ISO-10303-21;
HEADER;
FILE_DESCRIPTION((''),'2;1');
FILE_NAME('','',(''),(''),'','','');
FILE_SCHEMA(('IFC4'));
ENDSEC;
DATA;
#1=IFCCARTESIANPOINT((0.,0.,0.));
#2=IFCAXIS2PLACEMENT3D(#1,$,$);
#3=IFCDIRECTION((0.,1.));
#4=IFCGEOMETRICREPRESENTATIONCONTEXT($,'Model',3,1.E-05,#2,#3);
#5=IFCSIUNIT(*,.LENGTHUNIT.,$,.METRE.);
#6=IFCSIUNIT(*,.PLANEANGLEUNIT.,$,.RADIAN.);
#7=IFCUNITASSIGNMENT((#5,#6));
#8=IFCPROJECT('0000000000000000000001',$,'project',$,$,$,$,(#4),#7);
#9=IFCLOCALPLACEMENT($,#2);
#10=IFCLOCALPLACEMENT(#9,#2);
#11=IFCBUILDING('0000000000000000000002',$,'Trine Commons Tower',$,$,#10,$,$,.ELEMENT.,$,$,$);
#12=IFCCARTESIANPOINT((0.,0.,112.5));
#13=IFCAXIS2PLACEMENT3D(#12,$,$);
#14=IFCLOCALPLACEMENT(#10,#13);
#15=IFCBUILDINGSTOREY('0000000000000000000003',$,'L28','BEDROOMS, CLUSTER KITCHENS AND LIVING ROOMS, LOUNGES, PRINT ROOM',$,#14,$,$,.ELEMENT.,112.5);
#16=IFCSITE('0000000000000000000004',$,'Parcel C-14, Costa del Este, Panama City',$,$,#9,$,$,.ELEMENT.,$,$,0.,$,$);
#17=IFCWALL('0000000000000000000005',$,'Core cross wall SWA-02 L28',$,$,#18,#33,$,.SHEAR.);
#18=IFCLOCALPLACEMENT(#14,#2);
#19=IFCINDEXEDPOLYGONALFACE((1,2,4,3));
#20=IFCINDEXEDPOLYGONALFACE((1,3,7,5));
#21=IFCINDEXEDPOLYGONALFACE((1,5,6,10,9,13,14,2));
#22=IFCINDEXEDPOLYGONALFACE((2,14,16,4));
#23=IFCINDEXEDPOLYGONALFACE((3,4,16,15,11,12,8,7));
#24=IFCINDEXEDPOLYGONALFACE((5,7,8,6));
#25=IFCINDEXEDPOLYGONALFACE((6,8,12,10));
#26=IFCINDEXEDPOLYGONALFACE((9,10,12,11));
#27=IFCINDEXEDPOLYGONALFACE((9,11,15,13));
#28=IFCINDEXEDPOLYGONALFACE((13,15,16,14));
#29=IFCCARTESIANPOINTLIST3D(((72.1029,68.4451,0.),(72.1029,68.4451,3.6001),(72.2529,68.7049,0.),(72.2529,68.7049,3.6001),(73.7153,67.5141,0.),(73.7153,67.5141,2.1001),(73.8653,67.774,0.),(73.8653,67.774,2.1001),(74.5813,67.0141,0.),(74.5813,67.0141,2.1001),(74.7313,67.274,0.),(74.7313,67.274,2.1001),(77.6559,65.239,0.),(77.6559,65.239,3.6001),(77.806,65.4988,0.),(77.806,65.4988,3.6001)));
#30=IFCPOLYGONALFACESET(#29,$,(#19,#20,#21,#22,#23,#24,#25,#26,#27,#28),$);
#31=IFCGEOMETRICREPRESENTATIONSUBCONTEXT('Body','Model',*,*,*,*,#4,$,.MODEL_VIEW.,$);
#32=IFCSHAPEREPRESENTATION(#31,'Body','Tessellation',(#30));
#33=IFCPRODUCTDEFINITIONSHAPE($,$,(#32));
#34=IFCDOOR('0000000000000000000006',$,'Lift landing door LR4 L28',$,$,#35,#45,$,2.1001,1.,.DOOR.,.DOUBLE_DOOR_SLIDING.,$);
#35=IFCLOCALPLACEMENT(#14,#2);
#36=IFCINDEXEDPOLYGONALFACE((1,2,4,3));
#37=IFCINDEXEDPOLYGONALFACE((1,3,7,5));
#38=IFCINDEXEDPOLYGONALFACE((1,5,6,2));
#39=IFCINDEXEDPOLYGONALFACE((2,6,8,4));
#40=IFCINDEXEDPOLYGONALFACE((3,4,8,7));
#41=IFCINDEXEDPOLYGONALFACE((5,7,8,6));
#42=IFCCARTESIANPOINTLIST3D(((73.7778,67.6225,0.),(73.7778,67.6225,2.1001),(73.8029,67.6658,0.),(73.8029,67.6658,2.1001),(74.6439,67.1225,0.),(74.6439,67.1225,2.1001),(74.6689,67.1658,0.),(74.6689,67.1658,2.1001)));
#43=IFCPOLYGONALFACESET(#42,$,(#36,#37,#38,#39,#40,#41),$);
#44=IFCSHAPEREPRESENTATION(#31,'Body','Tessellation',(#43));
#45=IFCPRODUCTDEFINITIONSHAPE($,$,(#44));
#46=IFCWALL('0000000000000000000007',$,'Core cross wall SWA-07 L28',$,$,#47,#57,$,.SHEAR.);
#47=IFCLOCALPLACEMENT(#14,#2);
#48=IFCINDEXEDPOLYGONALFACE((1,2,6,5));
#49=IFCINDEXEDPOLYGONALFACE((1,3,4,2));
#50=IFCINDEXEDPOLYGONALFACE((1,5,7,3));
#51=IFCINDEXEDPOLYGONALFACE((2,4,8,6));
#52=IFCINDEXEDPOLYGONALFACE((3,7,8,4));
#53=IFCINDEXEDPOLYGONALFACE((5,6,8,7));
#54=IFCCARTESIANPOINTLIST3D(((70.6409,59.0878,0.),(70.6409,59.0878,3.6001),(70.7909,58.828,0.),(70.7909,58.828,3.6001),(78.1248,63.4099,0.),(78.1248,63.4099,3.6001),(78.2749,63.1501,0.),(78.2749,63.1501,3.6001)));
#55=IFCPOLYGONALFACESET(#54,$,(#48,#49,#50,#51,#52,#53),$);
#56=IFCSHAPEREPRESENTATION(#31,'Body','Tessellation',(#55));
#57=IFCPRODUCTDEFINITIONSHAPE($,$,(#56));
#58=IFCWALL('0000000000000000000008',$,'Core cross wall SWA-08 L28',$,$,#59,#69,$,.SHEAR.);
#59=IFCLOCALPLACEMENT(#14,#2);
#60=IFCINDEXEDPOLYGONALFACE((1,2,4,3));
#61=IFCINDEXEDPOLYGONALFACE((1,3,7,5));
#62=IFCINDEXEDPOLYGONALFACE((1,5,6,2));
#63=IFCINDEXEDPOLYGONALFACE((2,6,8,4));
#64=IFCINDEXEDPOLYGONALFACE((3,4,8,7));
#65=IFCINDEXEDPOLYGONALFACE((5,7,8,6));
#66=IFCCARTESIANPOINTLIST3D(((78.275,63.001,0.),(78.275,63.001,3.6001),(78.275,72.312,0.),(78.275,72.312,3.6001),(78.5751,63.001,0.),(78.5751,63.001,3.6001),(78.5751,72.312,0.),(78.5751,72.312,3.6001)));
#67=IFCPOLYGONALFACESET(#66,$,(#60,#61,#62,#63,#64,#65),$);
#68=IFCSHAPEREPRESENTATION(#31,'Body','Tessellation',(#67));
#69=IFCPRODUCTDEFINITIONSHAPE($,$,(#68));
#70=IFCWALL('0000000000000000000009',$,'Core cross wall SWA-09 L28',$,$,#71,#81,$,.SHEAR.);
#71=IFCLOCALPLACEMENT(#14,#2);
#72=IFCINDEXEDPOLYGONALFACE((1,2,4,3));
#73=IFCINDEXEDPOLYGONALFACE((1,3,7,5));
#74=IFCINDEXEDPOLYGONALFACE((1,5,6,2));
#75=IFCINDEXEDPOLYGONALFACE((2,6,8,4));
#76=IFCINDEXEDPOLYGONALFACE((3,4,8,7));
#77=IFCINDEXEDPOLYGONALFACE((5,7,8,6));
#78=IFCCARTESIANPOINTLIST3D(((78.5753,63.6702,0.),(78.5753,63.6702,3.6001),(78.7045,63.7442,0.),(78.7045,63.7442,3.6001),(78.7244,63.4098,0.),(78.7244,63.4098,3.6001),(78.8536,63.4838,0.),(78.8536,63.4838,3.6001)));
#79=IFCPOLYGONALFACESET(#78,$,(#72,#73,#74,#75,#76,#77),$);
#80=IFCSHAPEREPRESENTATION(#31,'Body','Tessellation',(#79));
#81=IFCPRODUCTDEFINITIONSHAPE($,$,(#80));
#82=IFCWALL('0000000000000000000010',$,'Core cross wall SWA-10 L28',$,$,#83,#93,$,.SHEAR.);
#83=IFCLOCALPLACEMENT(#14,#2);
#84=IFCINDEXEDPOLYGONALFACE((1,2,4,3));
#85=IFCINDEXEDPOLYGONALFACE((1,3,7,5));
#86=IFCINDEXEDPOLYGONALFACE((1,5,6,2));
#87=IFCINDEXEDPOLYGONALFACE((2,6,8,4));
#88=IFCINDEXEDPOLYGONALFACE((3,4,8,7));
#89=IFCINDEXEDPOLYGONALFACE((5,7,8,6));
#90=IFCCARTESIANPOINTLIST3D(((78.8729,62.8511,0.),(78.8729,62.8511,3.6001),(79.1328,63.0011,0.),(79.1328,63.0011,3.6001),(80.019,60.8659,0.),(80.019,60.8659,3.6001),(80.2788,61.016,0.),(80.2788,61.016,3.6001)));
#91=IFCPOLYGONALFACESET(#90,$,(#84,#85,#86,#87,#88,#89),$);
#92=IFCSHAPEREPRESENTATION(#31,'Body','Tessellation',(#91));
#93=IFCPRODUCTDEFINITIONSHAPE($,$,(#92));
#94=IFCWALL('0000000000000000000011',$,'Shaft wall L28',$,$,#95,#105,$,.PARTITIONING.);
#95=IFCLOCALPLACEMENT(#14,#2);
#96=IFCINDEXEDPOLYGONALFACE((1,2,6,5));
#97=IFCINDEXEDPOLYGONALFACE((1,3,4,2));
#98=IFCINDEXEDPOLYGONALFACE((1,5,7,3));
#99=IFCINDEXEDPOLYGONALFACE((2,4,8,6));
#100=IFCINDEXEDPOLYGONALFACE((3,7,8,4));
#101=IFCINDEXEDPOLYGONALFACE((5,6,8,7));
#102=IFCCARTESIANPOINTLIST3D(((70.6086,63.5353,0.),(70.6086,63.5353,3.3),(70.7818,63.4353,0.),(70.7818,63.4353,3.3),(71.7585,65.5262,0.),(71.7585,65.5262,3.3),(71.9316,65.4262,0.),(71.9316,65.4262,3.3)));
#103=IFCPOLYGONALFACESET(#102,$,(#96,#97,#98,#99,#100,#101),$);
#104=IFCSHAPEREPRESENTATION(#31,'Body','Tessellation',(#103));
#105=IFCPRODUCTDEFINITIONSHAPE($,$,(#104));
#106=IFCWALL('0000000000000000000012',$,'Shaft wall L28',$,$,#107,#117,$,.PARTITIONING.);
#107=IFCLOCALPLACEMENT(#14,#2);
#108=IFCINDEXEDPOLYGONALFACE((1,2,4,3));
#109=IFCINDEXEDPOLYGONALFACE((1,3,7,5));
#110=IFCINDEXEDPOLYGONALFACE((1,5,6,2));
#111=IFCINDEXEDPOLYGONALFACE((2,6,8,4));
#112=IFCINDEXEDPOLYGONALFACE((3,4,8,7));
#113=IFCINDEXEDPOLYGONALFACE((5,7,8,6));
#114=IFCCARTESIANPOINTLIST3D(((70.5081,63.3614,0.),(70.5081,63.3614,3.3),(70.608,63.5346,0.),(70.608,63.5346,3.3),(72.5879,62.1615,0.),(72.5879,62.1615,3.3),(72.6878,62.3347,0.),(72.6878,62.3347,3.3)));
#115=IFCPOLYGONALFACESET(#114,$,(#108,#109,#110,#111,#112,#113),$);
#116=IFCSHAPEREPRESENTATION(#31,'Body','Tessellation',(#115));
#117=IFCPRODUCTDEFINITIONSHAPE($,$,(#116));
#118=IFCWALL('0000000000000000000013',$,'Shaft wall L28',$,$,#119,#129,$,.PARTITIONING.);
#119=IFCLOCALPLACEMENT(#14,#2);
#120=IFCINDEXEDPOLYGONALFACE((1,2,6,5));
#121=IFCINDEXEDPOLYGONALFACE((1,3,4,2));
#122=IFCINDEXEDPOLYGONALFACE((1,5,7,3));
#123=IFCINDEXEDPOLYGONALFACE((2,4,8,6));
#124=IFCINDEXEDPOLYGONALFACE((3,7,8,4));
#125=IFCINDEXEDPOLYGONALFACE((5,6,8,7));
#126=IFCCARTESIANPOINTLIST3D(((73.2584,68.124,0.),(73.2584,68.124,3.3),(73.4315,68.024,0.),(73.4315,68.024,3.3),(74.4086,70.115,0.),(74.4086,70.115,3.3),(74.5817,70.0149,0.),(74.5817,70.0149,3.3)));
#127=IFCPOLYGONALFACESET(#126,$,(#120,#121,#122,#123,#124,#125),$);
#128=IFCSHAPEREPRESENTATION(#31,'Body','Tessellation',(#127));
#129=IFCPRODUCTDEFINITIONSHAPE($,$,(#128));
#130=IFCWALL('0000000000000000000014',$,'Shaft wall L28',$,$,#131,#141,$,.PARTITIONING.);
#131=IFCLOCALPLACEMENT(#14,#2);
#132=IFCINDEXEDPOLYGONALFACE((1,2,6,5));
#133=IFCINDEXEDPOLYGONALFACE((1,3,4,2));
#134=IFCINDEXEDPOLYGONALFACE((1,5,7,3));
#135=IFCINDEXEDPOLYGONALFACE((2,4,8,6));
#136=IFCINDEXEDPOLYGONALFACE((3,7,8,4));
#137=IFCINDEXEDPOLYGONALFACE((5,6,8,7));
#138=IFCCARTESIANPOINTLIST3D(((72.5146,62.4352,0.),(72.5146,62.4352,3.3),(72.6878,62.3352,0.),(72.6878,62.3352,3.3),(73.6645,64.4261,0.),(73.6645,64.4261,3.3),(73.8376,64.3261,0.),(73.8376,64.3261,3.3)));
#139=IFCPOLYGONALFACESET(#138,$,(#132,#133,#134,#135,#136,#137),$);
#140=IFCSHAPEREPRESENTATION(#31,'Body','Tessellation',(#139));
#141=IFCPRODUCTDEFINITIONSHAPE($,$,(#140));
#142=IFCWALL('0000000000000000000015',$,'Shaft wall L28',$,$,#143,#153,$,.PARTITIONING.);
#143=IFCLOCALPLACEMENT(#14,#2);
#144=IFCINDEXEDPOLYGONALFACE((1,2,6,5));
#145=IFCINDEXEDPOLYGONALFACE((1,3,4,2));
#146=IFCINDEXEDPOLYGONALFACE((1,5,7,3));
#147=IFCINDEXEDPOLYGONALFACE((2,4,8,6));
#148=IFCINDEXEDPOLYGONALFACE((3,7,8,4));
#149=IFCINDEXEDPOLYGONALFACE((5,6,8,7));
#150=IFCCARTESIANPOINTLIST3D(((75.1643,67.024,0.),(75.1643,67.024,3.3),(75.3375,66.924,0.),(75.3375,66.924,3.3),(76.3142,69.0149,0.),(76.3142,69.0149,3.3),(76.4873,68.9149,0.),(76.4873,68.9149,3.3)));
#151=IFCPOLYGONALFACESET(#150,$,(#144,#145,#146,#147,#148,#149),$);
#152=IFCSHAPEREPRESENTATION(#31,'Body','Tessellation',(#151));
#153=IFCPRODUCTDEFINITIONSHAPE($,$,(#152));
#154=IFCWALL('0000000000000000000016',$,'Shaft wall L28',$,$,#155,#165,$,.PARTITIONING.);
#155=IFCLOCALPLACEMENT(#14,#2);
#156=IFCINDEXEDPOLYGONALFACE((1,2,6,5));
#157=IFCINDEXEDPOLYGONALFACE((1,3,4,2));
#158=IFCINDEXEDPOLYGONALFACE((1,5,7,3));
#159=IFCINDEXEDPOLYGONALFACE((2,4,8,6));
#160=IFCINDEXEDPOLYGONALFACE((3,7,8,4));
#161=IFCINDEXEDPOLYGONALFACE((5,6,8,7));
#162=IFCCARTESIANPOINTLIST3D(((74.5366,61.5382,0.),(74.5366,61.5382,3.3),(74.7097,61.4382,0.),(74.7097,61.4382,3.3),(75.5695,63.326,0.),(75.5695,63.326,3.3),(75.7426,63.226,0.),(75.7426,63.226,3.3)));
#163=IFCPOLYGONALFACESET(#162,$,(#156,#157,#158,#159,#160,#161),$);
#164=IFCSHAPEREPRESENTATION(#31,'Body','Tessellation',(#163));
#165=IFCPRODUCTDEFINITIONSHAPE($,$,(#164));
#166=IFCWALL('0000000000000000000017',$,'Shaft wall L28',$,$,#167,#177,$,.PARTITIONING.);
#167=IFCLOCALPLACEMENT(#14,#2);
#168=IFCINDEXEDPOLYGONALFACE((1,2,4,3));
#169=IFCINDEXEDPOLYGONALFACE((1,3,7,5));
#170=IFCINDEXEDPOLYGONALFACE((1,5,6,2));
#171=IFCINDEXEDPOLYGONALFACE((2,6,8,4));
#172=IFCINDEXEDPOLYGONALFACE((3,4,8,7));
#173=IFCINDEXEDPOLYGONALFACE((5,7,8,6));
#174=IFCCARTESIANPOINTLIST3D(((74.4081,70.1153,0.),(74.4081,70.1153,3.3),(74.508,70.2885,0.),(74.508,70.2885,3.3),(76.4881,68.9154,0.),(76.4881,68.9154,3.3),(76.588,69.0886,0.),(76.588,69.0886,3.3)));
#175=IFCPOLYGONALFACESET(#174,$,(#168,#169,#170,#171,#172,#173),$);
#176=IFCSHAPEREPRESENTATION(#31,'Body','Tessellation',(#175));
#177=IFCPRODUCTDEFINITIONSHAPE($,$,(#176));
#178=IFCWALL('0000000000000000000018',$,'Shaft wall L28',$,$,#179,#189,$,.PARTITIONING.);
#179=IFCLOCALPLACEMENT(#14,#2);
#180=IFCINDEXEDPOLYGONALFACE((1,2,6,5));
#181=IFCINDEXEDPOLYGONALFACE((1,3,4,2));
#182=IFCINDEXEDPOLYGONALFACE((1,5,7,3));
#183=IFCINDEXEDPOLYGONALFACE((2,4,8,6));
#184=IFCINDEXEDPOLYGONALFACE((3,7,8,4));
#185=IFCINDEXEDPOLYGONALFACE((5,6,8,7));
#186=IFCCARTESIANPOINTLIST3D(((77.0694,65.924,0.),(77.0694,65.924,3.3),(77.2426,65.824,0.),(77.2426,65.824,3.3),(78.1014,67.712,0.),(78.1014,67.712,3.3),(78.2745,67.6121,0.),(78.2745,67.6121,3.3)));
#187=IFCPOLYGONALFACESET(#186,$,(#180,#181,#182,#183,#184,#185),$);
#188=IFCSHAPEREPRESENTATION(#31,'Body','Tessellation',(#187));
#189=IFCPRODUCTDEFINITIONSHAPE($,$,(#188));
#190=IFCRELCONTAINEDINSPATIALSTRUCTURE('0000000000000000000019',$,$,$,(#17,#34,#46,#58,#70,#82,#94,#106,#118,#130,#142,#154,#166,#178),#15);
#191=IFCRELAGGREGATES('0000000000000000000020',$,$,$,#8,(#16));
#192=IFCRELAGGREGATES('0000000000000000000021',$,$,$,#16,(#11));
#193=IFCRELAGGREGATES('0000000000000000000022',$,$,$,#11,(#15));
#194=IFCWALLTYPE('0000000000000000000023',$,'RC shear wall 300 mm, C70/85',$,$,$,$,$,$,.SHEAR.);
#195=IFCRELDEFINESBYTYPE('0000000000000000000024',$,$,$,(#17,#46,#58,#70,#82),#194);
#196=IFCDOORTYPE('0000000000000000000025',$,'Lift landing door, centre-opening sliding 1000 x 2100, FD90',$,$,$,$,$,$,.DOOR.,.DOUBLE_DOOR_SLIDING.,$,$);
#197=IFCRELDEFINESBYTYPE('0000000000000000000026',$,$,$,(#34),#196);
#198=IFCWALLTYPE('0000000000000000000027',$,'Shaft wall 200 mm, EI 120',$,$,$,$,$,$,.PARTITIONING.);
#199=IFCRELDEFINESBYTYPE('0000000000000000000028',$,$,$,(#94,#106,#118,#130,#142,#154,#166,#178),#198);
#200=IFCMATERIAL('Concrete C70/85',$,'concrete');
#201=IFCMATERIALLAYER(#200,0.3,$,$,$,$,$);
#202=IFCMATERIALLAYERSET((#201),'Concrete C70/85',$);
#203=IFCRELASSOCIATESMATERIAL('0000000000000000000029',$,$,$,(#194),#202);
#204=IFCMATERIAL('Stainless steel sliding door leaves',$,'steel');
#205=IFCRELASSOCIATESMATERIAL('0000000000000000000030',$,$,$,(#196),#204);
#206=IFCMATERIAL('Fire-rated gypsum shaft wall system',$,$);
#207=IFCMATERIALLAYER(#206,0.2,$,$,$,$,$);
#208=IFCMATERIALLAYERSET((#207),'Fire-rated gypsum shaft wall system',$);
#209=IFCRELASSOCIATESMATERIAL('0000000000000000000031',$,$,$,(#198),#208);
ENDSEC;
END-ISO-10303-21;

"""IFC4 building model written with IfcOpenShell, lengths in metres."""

from ifc_helpers import new_model, si_unit, direction, frame, frame_2d, origin, place, context, subcontext, project, spatial, rectangle, extrude, material, layer, layer_set, type_object, element, fill, save


model = new_model("IFC4")

# Units and contexts
model_context = context("Model", 3, precision=1e-05, world=origin(), true_north=direction((0.0, 1.0)))
body_context = subcontext(model_context, "Body", "Model", "MODEL_VIEW")
ifc_project = project(units=[si_unit("LENGTHUNIT", "METRE"), si_unit("PLANEANGLEUNIT", "RADIAN")], contexts=[model_context])

# Site, building, storey
site_placement = place(None, origin())
site = spatial("IfcSite", under=ifc_project, at=site_placement, Name="Parcel C-14, Costa del Este, Panama City", CompositionType="ELEMENT", RefElevation=0.0)
building_placement = place(site_placement, origin())
building = spatial("IfcBuilding", under=site, at=building_placement, Name="Trine Commons Tower", CompositionType="ELEMENT")
storey_placement = place(building_placement, frame((0.0, 0.0, 112.5)))
storey = spatial("IfcBuildingStorey", under=building, at=storey_placement, Name="L28", Description="BEDROOMS, CLUSTER KITCHENS AND LIVING ROOMS, LOUNGES, PRINT ROOM", CompositionType="ELEMENT", Elevation=112.5)

# Wall, opening, door
ifc_material_1 = material(Name="Fire-rated gypsum shaft wall system")
ifc_material_2 = material(Name="Concrete C70/85", Category="concrete")
ifc_layer_1 = layer(ifc_material_2, 0.3)
ifc_layer_set_1 = layer_set([ifc_layer_1], Name="Concrete C70/85")
wall_type_1 = type_object("IfcWallType", Name="RC shear wall 300 mm, C70/85", PredefinedType="SHEAR", material=ifc_layer_set_1)
ifc_material_3 = material(Name="Stainless steel sliding door leaves", Category="steel")
door_type_1 = type_object("IfcDoorType", Name="Lift landing door, centre-opening sliding 1000 x 2100, FD90", OperationType="DOUBLE_DOOR_SLIDING", PredefinedType="DOOR", material=ifc_material_3)
wall_1_placement = place(storey_placement, frame((77.731, 65.3689, 0.0), z_axis=(0.0, 0.0, 1.0), x_axis=(-0.866023, 0.500005, 0.0)))
wall_1 = element("IfcWall", 1, at=wall_1_placement, inside=storey, type_object=wall_type_1, Name="Core cross wall SWA-02 L28", PredefinedType="SHEAR", context=body_context, shape_type="SweptSolid", body=[
    extrude(rectangle(XDim=6.4121, YDim=0.3, at=frame_2d((3.2061, 0.0))), origin(), (0.0, 0.0, 1.0), 3.6001),
])
opening_1_placement = place(wall_1_placement, frame((3.5503, 0.0, 0.0)))
opening_1 = element("IfcOpeningElement", 2, at=opening_1_placement, cuts=wall_1, PredefinedType="OPENING", context=body_context, shape_type="SweptSolid", body=[
    extrude(rectangle(XDim=1.0, YDim=2.1001, at=frame_2d((0.5, 1.05))), frame((0.0, 0.1599, 0.0), z_axis=(0.0, -1.0, 0.0), x_axis=(1.0, 0.0, 0.0)), (0.0, 0.0, 1.0), 0.3201),
])
door_1_placement = place(opening_1_placement, origin())
door_1 = element("IfcDoor", 3, at=door_1_placement, inside=storey, type_object=door_type_1, Name="Lift landing door LR4 L28", OperationType="DOUBLE_DOOR_SLIDING", OverallHeight=2.1001, OverallWidth=1.0, PredefinedType="DOOR", context=body_context, shape_type="SweptSolid", body=[
    extrude(rectangle(XDim=1.0, YDim=2.1001, at=frame_2d((0.5, 1.05))), frame((0.0, 0.0249, 0.0), z_axis=(0.0, -1.0, 0.0), x_axis=(1.0, 0.0, 0.0)), (0.0, 0.0, 1.0), 0.05),
])
fill(opening_1, door_1)

# Walls
wall_2_placement = place(storey_placement, frame((78.2, 63.28, 0.0), z_axis=(0.0, 0.0, 1.0), x_axis=(-0.865965, -0.500104, 0.0)))
element("IfcWall", 4, at=wall_2_placement, inside=storey, type_object=wall_type_1, Name="Core cross wall SWA-07 L28", PredefinedType="SHEAR", context=body_context, shape_type="SweptSolid", body=[
    extrude(rectangle(XDim=8.6423, YDim=0.3, at=frame_2d((4.3213, 0.0))), origin(), (0.0, 0.0, 1.0), 3.6001),
])
wall_3_placement = place(storey_placement, frame((78.425, 63.001, 0.0), z_axis=(0.0, 0.0, 1.0), x_axis=(0.0, 1.0, 0.0)))
element("IfcWall", 5, at=wall_3_placement, inside=storey, type_object=wall_type_1, Name="Core cross wall SWA-08 L28", PredefinedType="SHEAR", context=body_context, shape_type="SweptSolid", body=[
    extrude(rectangle(XDim=9.311, YDim=0.3, at=frame_2d((4.6555, 0.0))), origin(), (0.0, 0.0, 1.0), 3.6001),
])
wall_4_placement = place(storey_placement, frame((78.7791, 63.614, 0.0), z_axis=(0.0, 0.0, 1.0), x_axis=(-0.867738, -0.497022, 0.0)))
element("IfcWall", 6, at=wall_4_placement, inside=storey, type_object=wall_type_1, Name="Core cross wall SWA-09 L28", PredefinedType="SHEAR", context=body_context, shape_type="SweptSolid", body=[
    extrude(rectangle(XDim=0.1489, YDim=0.3, at=frame_2d((0.0745, 0.0))), origin(), (0.0, 0.0, 1.0), 3.6001),
])
wall_5_placement = place(storey_placement, frame((79.0029, 62.926, 0.0), z_axis=(0.0, 0.0, 1.0), x_axis=(0.499965, -0.866045, 0.0)))
element("IfcWall", 7, at=wall_5_placement, inside=storey, type_object=wall_type_1, Name="Core cross wall SWA-10 L28", PredefinedType="SHEAR", context=body_context, shape_type="SweptSolid", body=[
    extrude(rectangle(XDim=2.2922, YDim=0.3, at=frame_2d((1.146, 0.0))), origin(), (0.0, 0.0, 1.0), 3.6001),
])
ifc_layer_2 = layer(ifc_material_1, 0.2)
ifc_layer_set_2 = layer_set([ifc_layer_2], Name="Fire-rated gypsum shaft wall system")
wall_type_2 = type_object("IfcWallType", Name="Shaft wall 200 mm, EI 120", PredefinedType="PARTITIONING", material=ifc_layer_set_2)
wall_6_placement = place(storey_placement, frame((71.845, 65.4761, 0.0), z_axis=(0.0, 0.0, 1.0), x_axis=(-0.500136, -0.865947, 0.0)))
element("IfcWall", 8, at=wall_6_placement, inside=storey, type_object=wall_type_2, Name="Shaft wall L28", PredefinedType="PARTITIONING", context=body_context, shape_type="SweptSolid", body=[
    extrude(rectangle(XDim=2.2991, YDim=0.2, at=frame_2d((1.1494, 0.0))), origin(), (0.0, 0.0, 1.0), 3.3),
])
wall_7_placement = place(storey_placement, frame((72.6379, 62.248, 0.0), z_axis=(0.0, 0.0, 1.0), x_axis=(-0.866177, 0.499737, 0.0)))
element("IfcWall", 9, at=wall_7_placement, inside=storey, type_object=wall_type_2, Name="Shaft wall L28", PredefinedType="PARTITIONING", context=body_context, shape_type="SweptSolid", body=[
    extrude(rectangle(XDim=2.4011, YDim=0.2, at=frame_2d((1.2007, 0.0))), origin(), (0.0, 0.0, 1.0), 3.3),
])
wall_8_placement = place(storey_placement, frame((73.345, 68.074, 0.0), z_axis=(0.0, 0.0, 1.0), x_axis=(0.500216, 0.865901, 0.0)))
element("IfcWall", 10, at=wall_8_placement, inside=storey, type_object=wall_type_2, Name="Shaft wall L28", PredefinedType="PARTITIONING", context=body_context, shape_type="SweptSolid", body=[
    extrude(rectangle(XDim=2.2993, YDim=0.2, at=frame_2d((1.1497, 0.0))), origin(), (0.0, 0.0, 1.0), 3.3),
])
for number, where, z_axis, x_axis, name in (
    (11, (73.751, 64.376, 0.0), (0.0, 0.0, 1.0), (-0.500136, -0.865947, 0.0), "Shaft wall L28"),
    (12, (75.251, 66.9741, 0.0), (0.0, 0.0, 1.0), (0.500136, 0.865947, 0.0), "Shaft wall L28"),
):
    element("IfcWall", number, at=place(storey_placement, frame(where, z_axis=z_axis, x_axis=x_axis)), inside=storey, type_object=wall_type_2, Name=name, PredefinedType="PARTITIONING", context=body_context, shape_type="SweptSolid", body=[
        extrude(rectangle(XDim=2.2991, YDim=0.2, at=frame_2d((1.1494, 0.0))), origin(), (0.0, 0.0, 1.0), 3.3),
    ])
wall_9_placement = place(storey_placement, frame((75.656, 63.2759, 0.0), z_axis=(0.0, 0.0, 1.0), x_axis=(-0.500272, -0.865868, 0.0)))
element("IfcWall", 13, at=wall_9_placement, inside=storey, type_object=wall_type_2, Name="Shaft wall L28", PredefinedType="PARTITIONING", context=body_context, shape_type="SweptSolid", body=[
    extrude(rectangle(XDim=2.0647, YDim=0.2, at=frame_2d((1.0322, 0.0))), origin(), (0.0, 0.0, 1.0), 3.3),
])
wall_10_placement = place(storey_placement, frame((76.5381, 69.002, 0.0), z_axis=(0.0, 0.0, 1.0), x_axis=(-0.866203, 0.499693, 0.0)))
element("IfcWall", 14, at=wall_10_placement, inside=storey, type_object=wall_type_2, Name="Shaft wall L28", PredefinedType="PARTITIONING", context=body_context, shape_type="SweptSolid", body=[
    extrude(rectangle(XDim=2.4014, YDim=0.2, at=frame_2d((1.2007, 0.0))), origin(), (0.0, 0.0, 1.0), 3.3),
])
wall_11_placement = place(storey_placement, frame((77.156, 65.874, 0.0), z_axis=(0.0, 0.0, 1.0), x_axis=(0.499866, 0.866103, 0.0)))
element("IfcWall", 15, at=wall_11_placement, inside=storey, type_object=wall_type_2, Name="Shaft wall L28", PredefinedType="PARTITIONING", context=body_context, shape_type="SweptSolid", body=[
    extrude(rectangle(XDim=2.0645, YDim=0.2, at=frame_2d((1.0322, 0.0))), origin(), (0.0, 0.0, 1.0), 3.3),
])

save(model, "model.ifc")
